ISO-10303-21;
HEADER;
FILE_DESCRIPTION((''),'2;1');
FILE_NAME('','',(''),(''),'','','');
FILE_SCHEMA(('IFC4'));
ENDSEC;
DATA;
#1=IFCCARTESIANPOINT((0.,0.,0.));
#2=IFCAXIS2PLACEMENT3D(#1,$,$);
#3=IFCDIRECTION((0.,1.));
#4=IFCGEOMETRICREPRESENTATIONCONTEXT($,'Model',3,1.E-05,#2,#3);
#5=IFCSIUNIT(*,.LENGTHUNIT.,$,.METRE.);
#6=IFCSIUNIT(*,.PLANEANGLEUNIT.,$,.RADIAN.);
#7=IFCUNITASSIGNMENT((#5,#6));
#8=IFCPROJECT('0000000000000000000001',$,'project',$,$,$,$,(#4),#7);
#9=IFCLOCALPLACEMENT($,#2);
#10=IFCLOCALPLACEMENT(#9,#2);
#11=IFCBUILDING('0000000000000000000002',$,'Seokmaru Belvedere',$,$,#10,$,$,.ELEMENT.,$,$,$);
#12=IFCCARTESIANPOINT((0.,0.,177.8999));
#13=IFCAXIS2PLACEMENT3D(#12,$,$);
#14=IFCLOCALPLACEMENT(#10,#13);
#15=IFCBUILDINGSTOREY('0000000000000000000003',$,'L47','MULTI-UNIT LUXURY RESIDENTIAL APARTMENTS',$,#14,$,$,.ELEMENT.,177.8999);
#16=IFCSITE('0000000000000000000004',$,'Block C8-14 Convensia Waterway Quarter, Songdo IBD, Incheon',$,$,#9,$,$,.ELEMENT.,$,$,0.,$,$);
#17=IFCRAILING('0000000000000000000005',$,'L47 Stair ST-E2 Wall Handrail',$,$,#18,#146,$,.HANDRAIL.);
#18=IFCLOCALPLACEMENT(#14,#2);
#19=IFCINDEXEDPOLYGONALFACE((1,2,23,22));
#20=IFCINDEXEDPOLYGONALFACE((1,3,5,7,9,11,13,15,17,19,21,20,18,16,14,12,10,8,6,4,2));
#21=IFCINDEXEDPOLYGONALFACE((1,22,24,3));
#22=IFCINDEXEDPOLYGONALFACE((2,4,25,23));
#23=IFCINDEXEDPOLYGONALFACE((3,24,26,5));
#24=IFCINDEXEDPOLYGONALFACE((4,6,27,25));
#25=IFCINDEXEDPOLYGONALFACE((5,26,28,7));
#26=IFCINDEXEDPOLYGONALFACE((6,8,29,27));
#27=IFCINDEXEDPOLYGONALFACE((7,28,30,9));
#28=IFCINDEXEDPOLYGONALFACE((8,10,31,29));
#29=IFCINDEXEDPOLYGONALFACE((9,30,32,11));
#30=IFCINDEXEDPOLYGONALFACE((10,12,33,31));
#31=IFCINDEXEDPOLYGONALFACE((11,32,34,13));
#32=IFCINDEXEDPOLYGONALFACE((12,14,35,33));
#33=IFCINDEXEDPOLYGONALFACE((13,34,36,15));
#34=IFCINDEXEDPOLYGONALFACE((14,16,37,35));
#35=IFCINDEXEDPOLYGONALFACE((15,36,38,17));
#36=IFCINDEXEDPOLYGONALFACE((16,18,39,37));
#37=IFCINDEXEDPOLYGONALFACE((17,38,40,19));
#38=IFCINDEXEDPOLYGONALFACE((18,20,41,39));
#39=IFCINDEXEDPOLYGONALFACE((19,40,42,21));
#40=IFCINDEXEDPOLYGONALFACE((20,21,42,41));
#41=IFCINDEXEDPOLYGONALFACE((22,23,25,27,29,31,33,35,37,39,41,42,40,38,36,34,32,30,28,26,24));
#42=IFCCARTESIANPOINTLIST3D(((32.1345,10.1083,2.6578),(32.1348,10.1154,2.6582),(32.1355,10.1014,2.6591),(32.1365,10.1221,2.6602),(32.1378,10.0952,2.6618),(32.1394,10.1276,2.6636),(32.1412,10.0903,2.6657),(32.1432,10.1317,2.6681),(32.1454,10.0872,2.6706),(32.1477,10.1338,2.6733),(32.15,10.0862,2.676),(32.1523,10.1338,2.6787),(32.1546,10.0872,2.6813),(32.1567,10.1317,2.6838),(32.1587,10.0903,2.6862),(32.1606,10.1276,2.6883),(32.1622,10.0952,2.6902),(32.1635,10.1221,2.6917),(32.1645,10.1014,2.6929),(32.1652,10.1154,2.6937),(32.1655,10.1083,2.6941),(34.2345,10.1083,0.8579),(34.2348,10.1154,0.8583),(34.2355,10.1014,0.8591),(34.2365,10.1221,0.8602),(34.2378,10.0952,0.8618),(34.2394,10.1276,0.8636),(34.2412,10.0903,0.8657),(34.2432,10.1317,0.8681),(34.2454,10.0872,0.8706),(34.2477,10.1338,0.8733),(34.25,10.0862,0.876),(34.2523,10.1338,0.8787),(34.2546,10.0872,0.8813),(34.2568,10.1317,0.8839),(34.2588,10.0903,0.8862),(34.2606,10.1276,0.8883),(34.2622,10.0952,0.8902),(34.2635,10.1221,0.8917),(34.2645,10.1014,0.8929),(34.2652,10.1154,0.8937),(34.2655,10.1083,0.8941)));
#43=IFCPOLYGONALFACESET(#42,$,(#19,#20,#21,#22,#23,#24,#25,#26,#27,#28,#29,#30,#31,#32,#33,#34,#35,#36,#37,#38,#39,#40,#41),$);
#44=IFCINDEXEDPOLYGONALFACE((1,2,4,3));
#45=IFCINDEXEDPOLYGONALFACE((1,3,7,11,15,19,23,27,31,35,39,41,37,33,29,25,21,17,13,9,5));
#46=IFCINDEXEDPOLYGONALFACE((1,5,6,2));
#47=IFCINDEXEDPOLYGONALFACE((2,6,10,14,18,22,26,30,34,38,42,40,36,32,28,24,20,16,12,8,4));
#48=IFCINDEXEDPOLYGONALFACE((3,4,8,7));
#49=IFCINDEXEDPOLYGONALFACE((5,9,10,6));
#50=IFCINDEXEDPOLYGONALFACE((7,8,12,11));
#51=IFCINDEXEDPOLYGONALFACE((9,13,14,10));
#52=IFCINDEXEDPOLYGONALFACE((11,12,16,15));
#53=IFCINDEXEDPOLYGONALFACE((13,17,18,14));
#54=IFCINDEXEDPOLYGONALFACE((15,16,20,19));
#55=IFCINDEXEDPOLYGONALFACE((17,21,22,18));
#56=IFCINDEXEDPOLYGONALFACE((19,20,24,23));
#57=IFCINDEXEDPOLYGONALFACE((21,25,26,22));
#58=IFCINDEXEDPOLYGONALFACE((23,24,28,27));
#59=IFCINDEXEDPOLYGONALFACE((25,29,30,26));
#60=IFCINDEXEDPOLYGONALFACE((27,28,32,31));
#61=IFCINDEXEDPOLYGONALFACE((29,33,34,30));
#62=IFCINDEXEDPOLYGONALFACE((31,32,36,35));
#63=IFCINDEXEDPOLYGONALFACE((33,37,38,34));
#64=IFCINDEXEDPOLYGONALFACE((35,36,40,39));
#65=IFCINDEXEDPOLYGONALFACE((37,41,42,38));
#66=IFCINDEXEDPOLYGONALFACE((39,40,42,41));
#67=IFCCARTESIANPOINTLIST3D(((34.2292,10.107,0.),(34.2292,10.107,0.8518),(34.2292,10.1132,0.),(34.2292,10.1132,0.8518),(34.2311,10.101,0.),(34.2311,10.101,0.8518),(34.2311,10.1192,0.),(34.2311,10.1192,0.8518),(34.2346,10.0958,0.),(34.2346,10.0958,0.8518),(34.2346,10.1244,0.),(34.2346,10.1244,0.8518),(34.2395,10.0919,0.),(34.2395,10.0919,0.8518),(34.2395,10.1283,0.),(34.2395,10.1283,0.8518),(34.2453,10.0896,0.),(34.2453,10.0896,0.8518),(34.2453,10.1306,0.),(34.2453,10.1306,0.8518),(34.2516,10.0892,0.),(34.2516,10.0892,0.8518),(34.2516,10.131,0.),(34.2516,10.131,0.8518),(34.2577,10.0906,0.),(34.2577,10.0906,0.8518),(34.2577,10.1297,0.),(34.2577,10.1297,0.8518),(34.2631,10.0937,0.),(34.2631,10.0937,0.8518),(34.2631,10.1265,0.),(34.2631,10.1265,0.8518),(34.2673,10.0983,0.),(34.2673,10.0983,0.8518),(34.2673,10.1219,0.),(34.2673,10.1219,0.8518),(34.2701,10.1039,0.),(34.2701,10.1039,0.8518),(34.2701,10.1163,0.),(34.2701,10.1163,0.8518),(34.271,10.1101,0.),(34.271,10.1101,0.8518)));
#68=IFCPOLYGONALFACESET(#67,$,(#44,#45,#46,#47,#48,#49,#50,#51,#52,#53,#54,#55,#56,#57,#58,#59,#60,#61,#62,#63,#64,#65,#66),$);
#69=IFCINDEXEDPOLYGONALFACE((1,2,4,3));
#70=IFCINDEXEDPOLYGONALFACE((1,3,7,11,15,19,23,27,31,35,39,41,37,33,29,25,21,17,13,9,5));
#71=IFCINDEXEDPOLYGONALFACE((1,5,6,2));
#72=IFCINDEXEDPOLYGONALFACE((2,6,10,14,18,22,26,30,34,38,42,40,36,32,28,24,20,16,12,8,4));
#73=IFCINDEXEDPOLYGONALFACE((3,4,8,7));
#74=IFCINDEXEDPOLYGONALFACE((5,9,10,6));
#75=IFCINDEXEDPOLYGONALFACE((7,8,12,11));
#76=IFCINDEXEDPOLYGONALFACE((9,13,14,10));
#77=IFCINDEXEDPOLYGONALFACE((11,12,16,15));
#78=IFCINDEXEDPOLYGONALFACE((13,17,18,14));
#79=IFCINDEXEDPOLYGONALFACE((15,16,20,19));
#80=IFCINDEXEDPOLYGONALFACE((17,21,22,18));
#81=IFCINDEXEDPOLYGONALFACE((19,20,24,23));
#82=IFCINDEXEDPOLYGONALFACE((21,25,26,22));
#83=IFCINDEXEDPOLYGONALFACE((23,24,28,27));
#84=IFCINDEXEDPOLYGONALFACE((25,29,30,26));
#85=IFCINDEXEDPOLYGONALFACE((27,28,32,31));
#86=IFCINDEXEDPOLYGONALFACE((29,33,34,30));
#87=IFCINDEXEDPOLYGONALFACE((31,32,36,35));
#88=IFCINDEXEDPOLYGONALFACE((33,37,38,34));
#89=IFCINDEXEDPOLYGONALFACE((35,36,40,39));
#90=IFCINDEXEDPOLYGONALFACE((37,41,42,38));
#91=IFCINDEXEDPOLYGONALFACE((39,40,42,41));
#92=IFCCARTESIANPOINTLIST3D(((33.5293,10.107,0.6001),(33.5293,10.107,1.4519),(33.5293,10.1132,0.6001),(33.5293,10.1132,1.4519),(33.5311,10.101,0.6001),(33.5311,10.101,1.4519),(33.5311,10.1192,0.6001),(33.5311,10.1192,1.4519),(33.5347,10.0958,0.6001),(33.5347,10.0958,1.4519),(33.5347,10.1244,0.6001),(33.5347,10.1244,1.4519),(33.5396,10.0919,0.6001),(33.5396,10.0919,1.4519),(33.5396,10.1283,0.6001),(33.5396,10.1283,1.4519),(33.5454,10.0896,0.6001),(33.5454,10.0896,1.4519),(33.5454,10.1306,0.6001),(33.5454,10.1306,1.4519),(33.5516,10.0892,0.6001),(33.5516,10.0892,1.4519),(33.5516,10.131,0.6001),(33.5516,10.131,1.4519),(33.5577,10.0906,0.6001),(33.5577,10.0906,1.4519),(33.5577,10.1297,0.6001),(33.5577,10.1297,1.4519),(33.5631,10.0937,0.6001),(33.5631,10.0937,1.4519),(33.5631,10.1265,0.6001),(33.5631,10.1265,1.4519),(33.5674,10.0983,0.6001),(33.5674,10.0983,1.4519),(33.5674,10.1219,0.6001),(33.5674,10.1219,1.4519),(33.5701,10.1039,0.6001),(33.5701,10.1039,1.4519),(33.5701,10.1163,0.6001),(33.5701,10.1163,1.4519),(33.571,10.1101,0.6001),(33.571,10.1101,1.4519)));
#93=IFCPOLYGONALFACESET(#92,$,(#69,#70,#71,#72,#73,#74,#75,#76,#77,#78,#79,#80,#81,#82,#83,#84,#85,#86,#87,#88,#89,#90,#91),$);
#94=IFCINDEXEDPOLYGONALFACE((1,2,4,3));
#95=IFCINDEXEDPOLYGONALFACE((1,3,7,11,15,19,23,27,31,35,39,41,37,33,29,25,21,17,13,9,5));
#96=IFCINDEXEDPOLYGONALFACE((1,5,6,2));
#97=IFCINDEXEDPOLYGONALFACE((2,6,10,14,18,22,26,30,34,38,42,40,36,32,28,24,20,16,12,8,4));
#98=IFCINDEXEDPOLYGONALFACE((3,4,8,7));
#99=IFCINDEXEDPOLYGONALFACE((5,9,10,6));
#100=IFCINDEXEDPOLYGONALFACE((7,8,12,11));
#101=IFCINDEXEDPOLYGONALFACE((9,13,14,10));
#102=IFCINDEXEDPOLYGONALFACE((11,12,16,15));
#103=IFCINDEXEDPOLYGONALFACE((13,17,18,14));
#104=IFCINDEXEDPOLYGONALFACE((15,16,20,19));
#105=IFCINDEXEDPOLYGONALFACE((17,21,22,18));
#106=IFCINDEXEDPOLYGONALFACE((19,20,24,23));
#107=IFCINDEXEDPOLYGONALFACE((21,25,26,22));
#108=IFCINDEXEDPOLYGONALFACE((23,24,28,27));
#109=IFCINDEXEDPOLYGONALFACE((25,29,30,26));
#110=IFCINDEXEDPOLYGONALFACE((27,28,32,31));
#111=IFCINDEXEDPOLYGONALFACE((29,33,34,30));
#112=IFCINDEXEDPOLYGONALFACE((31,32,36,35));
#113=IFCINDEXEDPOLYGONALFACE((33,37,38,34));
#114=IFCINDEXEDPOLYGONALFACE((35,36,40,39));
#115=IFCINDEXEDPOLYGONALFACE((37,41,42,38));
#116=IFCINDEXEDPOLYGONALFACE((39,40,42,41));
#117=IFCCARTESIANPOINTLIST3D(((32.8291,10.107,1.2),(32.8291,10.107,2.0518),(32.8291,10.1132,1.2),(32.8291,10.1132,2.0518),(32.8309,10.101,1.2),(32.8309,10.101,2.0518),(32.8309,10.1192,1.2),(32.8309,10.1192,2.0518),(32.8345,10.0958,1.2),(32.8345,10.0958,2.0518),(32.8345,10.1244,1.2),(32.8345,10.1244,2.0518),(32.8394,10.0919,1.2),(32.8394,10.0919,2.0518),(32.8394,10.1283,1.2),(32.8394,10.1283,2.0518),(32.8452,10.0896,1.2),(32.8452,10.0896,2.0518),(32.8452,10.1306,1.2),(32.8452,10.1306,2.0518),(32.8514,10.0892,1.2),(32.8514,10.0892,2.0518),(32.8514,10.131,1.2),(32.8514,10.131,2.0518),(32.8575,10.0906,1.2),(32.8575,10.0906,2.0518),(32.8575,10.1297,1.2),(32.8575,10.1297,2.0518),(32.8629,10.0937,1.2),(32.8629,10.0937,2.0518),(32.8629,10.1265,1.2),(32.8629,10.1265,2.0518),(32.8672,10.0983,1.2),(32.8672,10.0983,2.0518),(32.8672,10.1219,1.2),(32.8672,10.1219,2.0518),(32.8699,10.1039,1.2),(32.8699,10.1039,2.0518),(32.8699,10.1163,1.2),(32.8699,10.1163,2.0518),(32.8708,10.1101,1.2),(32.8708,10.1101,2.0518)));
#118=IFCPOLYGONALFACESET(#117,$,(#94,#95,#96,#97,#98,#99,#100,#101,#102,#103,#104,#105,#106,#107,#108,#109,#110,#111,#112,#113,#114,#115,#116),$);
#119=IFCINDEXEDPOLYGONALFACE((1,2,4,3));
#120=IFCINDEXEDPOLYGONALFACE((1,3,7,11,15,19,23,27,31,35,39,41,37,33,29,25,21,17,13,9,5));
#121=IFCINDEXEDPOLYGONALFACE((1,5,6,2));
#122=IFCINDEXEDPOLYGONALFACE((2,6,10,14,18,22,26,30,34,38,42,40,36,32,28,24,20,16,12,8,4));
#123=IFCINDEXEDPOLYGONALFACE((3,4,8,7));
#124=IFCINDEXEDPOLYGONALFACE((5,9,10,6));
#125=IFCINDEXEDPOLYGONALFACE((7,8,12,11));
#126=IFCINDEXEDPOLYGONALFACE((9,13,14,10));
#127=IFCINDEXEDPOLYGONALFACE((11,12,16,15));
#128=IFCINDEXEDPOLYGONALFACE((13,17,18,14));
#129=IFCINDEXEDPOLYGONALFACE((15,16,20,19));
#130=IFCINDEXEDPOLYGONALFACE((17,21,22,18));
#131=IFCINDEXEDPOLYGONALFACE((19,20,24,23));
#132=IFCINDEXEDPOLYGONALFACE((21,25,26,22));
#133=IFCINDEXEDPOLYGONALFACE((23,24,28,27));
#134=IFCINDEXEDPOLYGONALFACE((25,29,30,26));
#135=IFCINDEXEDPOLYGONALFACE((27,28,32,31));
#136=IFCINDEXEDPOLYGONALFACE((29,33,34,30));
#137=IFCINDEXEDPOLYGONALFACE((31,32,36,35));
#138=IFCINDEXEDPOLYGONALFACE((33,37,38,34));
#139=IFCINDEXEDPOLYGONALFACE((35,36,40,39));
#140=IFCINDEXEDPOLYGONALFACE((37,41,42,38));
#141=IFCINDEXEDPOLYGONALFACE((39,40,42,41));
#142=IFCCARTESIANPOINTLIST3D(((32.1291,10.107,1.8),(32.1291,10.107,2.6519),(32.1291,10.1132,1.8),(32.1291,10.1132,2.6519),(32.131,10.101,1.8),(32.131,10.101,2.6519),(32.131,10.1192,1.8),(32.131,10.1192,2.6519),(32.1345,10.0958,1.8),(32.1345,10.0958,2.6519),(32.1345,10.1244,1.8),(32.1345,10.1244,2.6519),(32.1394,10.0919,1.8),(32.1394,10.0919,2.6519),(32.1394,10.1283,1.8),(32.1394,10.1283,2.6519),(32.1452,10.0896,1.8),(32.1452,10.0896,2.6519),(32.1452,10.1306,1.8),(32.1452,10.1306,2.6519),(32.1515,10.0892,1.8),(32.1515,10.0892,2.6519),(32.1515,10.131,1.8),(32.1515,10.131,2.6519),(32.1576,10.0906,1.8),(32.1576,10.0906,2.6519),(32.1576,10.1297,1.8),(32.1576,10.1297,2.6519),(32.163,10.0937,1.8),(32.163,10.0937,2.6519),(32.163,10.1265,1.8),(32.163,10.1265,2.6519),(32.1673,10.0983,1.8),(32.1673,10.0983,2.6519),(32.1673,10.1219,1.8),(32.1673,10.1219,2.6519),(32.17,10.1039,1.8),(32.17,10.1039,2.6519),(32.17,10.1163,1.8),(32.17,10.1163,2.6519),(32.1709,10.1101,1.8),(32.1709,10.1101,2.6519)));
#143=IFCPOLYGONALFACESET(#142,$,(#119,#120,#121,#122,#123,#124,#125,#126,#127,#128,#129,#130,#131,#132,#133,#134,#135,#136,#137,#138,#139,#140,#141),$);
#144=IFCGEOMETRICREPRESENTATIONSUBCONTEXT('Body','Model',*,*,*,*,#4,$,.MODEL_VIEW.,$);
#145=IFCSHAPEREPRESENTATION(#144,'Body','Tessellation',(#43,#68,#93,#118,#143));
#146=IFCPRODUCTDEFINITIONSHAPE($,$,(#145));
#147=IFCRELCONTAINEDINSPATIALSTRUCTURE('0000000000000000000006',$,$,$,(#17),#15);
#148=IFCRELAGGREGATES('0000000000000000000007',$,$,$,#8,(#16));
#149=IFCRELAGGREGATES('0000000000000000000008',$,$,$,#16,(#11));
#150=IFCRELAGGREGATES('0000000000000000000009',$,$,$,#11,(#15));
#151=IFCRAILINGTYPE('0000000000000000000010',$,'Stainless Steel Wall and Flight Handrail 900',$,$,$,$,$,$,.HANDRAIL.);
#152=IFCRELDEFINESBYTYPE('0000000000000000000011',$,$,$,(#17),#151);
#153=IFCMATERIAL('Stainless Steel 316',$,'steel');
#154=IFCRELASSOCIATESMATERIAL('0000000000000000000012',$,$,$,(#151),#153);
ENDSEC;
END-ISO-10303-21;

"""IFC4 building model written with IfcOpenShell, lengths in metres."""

from ifc_helpers import new_model, si_unit, direction, frame, origin, origin_2d, place, context, subcontext, project, spatial, circle, extrude, material, type_object, element, save


model = new_model("IFC4")

# Units and contexts
model_context = context("Model", 3, precision=1e-05, world=origin(), true_north=direction((0.0, 1.0)))
body_context = subcontext(model_context, "Body", "Model", "MODEL_VIEW")
ifc_project = project(units=[si_unit("LENGTHUNIT", "METRE"), si_unit("PLANEANGLEUNIT", "RADIAN")], contexts=[model_context])

# Site, building, storey
site_placement = place(None, origin())
site = spatial("IfcSite", under=ifc_project, at=site_placement, Name="Block C8-14 Convensia Waterway Quarter, Songdo IBD, Incheon", CompositionType="ELEMENT", RefElevation=0.0)
building_placement = place(site_placement, origin())
building = spatial("IfcBuilding", under=site, at=building_placement, Name="Seokmaru Belvedere", CompositionType="ELEMENT")
storey_placement = place(building_placement, frame((0.0, 0.0, 177.8999)))
storey = spatial("IfcBuildingStorey", under=building, at=storey_placement, Name="L47", Description="MULTI-UNIT LUXURY RESIDENTIAL APARTMENTS", CompositionType="ELEMENT", Elevation=177.8999)

# Shared definitions
ifc_material_1 = material(Name="Stainless Steel 316", Category="steel")

# Railing
railing_type = type_object("IfcRailingType", Name="Stainless Steel Wall and Flight Handrail 900", PredefinedType="HANDRAIL", material=ifc_material_1)
railing_placement = place(storey_placement, frame((34.25, 10.1101, 0.0)))
element("IfcRailing", 1, at=railing_placement, inside=storey, type_object=railing_type, Name="L47 Stair ST-E2 Wall Handrail", PredefinedType="HANDRAIL", context=body_context, shape_type="SweptSolid", body=[
    extrude(circle(Radius=0.0239, at=origin_2d()), frame((0.0, 0.0, 0.876), z_axis=(-0.759263, 0.0, 0.650784), x_axis=(0.0, -1.0, 0.0)), (0.0, 0.0, 1.0), 2.7659),
    extrude(circle(Radius=0.021, at=origin_2d()), origin(), (0.0, 0.0, 1.0), 0.8518),
    extrude(circle(Radius=0.021, at=origin_2d()), frame((-0.7, 0.0, 0.6001)), (0.0, 0.0, 1.0), 0.8518),
    extrude(circle(Radius=0.021, at=origin_2d()), frame((-1.4001, 0.0, 1.2)), (0.0, 0.0, 1.0), 0.8518),
    extrude(circle(Radius=0.021, at=origin_2d()), frame((-2.1001, 0.0, 1.8)), (0.0, 0.0, 1.0), 0.8518),
])

save(model, "model.ifc")
